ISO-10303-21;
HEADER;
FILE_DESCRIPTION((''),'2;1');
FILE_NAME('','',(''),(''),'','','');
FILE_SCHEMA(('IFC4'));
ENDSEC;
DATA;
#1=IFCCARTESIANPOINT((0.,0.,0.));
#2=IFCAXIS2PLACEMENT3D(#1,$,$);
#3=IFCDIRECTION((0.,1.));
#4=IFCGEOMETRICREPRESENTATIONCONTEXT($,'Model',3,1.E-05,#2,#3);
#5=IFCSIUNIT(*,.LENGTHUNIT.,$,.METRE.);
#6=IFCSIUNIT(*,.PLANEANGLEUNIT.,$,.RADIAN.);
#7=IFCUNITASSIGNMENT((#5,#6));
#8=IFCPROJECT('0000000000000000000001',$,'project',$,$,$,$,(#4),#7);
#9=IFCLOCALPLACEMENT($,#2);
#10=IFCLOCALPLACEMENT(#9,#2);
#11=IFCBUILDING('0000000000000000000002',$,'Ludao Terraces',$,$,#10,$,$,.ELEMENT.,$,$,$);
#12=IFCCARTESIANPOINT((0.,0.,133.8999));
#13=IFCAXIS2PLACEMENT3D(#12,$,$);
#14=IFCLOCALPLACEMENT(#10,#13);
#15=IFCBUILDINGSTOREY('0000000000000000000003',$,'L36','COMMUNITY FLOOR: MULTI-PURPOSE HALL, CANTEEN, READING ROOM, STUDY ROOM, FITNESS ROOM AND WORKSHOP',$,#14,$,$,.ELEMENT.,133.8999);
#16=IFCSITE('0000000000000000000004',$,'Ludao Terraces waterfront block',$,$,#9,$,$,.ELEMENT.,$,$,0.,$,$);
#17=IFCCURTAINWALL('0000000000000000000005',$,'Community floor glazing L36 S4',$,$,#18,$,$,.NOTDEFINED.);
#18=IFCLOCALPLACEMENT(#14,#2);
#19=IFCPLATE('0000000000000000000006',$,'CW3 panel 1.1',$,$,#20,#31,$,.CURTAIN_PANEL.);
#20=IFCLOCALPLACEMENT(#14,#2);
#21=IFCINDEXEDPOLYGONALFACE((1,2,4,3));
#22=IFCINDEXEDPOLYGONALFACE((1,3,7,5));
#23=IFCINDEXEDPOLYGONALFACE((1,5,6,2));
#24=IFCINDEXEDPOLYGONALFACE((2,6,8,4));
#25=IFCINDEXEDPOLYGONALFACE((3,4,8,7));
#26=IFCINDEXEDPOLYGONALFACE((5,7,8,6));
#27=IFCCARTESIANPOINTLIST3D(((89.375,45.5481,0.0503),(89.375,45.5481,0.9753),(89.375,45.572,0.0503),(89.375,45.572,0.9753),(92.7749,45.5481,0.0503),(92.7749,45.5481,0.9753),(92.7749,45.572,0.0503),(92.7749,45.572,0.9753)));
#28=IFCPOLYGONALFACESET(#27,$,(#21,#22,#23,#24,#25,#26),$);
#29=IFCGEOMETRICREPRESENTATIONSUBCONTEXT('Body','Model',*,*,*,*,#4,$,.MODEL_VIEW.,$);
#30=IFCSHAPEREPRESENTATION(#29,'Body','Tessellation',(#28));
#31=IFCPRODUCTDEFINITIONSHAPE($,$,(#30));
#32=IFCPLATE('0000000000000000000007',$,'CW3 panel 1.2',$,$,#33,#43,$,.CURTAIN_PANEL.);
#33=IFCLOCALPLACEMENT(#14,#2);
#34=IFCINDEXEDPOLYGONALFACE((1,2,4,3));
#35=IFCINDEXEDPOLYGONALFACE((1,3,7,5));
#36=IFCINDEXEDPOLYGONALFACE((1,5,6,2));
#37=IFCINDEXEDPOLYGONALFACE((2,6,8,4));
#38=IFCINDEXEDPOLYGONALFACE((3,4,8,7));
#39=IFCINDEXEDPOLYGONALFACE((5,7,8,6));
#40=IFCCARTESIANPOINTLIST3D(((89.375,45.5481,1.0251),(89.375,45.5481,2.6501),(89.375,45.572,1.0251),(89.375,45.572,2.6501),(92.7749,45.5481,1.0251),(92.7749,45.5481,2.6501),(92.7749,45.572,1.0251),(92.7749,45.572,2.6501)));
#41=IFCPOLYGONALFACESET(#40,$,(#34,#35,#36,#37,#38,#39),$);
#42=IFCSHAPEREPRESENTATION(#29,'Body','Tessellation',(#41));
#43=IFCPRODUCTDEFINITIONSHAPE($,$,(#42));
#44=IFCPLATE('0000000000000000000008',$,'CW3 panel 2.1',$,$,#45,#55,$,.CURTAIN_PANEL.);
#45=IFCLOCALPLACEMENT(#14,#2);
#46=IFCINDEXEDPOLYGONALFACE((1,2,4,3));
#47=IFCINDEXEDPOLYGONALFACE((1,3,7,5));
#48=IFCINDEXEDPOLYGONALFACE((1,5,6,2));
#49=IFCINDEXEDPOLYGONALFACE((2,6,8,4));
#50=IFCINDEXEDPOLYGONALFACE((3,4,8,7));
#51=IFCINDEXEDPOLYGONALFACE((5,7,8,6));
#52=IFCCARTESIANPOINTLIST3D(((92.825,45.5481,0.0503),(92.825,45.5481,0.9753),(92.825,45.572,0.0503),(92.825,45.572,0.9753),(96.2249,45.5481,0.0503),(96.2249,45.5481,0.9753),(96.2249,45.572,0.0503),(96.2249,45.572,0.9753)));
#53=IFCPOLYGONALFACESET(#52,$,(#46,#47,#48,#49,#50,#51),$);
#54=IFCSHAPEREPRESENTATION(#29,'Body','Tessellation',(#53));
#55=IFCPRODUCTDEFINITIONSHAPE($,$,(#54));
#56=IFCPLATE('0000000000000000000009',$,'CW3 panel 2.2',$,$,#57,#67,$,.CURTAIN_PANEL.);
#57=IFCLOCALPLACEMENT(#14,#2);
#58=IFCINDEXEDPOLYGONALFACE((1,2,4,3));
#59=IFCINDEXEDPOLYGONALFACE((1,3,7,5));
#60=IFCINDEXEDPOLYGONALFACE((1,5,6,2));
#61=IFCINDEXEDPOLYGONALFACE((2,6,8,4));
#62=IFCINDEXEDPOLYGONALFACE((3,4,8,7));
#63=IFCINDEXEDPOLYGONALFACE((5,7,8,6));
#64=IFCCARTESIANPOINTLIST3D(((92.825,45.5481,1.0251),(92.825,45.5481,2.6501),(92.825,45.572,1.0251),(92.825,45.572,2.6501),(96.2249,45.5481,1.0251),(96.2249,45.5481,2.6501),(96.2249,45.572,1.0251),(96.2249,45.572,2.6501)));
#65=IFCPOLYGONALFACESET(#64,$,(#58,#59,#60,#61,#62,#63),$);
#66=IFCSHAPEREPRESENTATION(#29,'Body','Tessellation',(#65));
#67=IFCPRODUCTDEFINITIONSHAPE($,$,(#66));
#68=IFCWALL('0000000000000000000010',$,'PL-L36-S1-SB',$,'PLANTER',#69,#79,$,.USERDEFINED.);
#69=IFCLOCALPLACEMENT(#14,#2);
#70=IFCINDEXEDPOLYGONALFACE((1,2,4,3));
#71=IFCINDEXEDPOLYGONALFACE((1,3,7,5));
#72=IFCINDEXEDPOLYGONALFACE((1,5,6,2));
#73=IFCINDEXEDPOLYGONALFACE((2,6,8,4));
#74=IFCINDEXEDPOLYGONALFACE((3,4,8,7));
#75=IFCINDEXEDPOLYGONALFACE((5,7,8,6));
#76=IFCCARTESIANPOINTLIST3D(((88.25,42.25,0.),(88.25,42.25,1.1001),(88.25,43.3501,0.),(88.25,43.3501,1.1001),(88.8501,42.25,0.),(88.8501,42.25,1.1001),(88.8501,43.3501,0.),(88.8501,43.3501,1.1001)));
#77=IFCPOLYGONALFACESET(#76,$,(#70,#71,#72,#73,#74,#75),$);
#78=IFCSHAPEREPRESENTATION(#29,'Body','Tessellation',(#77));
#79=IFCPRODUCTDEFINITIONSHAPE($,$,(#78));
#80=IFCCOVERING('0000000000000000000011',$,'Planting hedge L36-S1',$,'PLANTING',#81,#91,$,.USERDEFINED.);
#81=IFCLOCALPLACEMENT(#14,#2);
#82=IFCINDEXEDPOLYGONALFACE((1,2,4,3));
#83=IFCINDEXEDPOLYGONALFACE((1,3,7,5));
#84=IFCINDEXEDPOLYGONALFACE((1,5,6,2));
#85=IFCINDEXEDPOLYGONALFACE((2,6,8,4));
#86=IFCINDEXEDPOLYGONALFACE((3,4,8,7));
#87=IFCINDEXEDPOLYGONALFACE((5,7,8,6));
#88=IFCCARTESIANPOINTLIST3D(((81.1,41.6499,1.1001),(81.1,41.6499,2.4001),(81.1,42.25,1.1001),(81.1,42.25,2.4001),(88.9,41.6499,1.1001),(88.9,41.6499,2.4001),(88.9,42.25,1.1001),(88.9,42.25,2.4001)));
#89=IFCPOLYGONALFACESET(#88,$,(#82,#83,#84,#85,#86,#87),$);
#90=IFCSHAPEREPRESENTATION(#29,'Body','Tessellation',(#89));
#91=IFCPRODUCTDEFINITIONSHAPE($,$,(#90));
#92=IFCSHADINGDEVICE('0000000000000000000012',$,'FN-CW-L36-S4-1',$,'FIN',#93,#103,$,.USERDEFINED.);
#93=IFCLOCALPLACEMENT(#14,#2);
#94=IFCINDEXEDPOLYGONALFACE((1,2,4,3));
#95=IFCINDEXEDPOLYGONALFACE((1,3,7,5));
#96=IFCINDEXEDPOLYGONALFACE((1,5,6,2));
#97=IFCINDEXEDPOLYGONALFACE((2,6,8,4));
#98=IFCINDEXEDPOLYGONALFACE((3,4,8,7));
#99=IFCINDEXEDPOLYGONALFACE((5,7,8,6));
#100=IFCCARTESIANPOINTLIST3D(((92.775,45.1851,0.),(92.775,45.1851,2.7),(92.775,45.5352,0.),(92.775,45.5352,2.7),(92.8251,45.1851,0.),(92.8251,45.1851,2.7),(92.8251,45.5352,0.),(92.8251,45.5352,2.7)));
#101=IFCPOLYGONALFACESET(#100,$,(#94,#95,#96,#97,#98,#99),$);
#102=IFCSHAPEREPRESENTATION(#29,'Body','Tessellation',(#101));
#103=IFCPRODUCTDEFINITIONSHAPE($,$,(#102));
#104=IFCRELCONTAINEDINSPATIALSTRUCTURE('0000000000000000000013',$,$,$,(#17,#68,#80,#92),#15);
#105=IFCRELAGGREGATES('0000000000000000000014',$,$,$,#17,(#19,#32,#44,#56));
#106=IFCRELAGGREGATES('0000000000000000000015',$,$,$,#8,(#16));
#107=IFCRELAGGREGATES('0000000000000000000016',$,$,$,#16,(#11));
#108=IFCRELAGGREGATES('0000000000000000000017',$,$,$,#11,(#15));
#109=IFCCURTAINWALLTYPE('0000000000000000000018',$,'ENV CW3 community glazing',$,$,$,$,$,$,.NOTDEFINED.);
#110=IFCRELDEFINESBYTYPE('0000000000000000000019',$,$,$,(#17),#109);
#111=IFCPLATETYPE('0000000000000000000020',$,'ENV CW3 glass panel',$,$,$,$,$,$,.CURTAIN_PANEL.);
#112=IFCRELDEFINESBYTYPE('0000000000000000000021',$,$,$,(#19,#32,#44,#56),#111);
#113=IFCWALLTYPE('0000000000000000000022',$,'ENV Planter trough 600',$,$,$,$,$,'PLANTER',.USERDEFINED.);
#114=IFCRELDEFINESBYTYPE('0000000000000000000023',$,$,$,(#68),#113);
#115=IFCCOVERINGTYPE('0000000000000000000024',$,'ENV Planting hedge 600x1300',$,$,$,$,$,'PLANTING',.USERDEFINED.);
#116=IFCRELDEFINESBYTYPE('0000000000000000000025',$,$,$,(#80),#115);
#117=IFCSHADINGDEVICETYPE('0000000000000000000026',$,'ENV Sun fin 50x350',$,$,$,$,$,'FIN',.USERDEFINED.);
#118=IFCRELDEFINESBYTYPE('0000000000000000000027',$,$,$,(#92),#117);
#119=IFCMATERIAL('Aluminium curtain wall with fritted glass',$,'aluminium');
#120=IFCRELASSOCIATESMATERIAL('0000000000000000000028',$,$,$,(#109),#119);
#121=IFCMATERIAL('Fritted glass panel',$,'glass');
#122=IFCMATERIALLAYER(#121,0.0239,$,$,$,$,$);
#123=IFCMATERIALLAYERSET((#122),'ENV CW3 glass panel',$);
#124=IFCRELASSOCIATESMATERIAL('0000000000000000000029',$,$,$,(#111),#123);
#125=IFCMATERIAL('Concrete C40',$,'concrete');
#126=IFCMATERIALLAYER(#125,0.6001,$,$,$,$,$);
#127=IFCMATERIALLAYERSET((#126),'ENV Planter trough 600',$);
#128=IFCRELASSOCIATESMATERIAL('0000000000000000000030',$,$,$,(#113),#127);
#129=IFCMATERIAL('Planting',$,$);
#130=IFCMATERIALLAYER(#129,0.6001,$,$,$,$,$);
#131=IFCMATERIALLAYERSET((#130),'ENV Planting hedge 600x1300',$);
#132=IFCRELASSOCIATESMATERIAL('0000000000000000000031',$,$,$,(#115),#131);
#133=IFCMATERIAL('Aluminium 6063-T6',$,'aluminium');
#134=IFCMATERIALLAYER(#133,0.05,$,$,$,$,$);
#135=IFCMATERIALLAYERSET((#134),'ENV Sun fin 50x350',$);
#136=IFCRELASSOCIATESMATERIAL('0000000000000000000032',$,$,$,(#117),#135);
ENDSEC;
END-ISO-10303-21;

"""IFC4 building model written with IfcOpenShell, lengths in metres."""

from ifc_helpers import new_model, si_unit, direction, frame, frame_2d, origin, origin_2d, place, context, subcontext, project, spatial, rectangle, extrude, material, layer, layer_set, type_object, element, aggregate, save


model = new_model("IFC4")

# Units and contexts
model_context = context("Model", 3, precision=1e-05, world=origin(), true_north=direction((0.0, 1.0)))
body_context = subcontext(model_context, "Body", "Model", "MODEL_VIEW")
ifc_project = project(units=[si_unit("LENGTHUNIT", "METRE"), si_unit("PLANEANGLEUNIT", "RADIAN")], contexts=[model_context])

# Site, building, storey
site_placement = place(None, origin())
site = spatial("IfcSite", under=ifc_project, at=site_placement, Name="Ludao Terraces waterfront block", CompositionType="ELEMENT", RefElevation=0.0)
building_placement = place(site_placement, origin())
building = spatial("IfcBuilding", under=site, at=building_placement, Name="Ludao Terraces", CompositionType="ELEMENT")
storey_placement = place(building_placement, frame((0.0, 0.0, 133.8999)))
storey = spatial("IfcBuildingStorey", under=building, at=storey_placement, Name="L36", Description="COMMUNITY FLOOR: MULTI-PURPOSE HALL, CANTEEN, READING ROOM, STUDY ROOM, FITNESS ROOM AND WORKSHOP", CompositionType="ELEMENT", Elevation=133.8999)

# Curtain wall
ifc_material_1 = material(Name="Aluminium curtain wall with fritted glass", Category="aluminium")
curtain_wall_type = type_object("IfcCurtainWallType", Name="ENV CW3 community glazing", PredefinedType="NOTDEFINED", material=ifc_material_1)
curtain_wall_placement = place(storey_placement, origin())
curtain_wall = element("IfcCurtainWall", 1, at=curtain_wall_placement, inside=storey, type_object=curtain_wall_type, Name="Community floor glazing L36 S4", PredefinedType="NOTDEFINED")
ifc_material_2 = material(Name="Aluminium 6063-T6", Category="aluminium")

# Shared definitions
ifc_material_3 = material(Name="Concrete C40", Category="concrete")

# Plates
ifc_material_4 = material(Name="Fritted glass panel", Category="glass")
ifc_layer_1 = layer(ifc_material_4, 0.0239)
ifc_layer_set_1 = layer_set([ifc_layer_1], Name="ENV CW3 glass panel")
plate_type = type_object("IfcPlateType", Name="ENV CW3 glass panel", PredefinedType="CURTAIN_PANEL", material=ifc_layer_set_1)
plate_1_placement = place(storey_placement, frame((91.075, 45.5601, 0.0503), z_axis=(0.0, 0.0, 1.0), x_axis=(1.0, 0.0, 0.0)))
plate_1 = element("IfcPlate", 2, at=plate_1_placement, type_object=plate_type, Name="CW3 panel 1.1", PredefinedType="CURTAIN_PANEL", context=body_context, shape_type="SweptSolid", body=[
    extrude(rectangle(XDim=3.3999, YDim=0.0239, at=origin_2d()), origin(), (0.0, 0.0, 1.0), 0.925),
])
plate_2_placement = place(storey_placement, frame((91.075, 45.5601, 1.0251), z_axis=(0.0, 0.0, 1.0), x_axis=(1.0, 0.0, 0.0)))
plate_2 = element("IfcPlate", 3, at=plate_2_placement, type_object=plate_type, Name="CW3 panel 1.2", PredefinedType="CURTAIN_PANEL", context=body_context, shape_type="SweptSolid", body=[
    extrude(rectangle(XDim=3.3999, YDim=0.0239, at=origin_2d()), origin(), (0.0, 0.0, 1.0), 1.625),
])
plate_3_placement = place(storey_placement, frame((94.5249, 45.5601, 0.0503), z_axis=(0.0, 0.0, 1.0), x_axis=(1.0, 0.0, 0.0)))
plate_3 = element("IfcPlate", 4, at=plate_3_placement, type_object=plate_type, Name="CW3 panel 2.1", PredefinedType="CURTAIN_PANEL", context=body_context, shape_type="SweptSolid", body=[
    extrude(rectangle(XDim=3.3999, YDim=0.0239, at=origin_2d()), origin(), (0.0, 0.0, 1.0), 0.925),
])
plate_4_placement = place(storey_placement, frame((94.5249, 45.5601, 1.0251), z_axis=(0.0, 0.0, 1.0), x_axis=(1.0, 0.0, 0.0)))
plate_4 = element("IfcPlate", 5, at=plate_4_placement, type_object=plate_type, Name="CW3 panel 2.2", PredefinedType="CURTAIN_PANEL", context=body_context, shape_type="SweptSolid", body=[
    extrude(rectangle(XDim=3.3999, YDim=0.0239, at=origin_2d()), origin(), (0.0, 0.0, 1.0), 1.625),
])
aggregate(curtain_wall, [plate_1, plate_2, plate_3, plate_4])

# Wall
ifc_layer_2 = layer(ifc_material_3, 0.6001)
ifc_layer_set_2 = layer_set([ifc_layer_2], Name="ENV Planter trough 600")
wall_type = type_object("IfcWallType", Name="ENV Planter trough 600", ElementType="PLANTER", PredefinedType="USERDEFINED", material=ifc_layer_set_2)
wall_placement = place(storey_placement, frame((88.55, 42.25, 0.0), z_axis=(0.0, 0.0, 1.0), x_axis=(0.0, 1.0, 0.0)))
element("IfcWall", 6, at=wall_placement, inside=storey, type_object=wall_type, Name="PL-L36-S1-SB", ObjectType="PLANTER", PredefinedType="USERDEFINED", context=body_context, shape_type="SweptSolid", body=[
    extrude(rectangle(XDim=1.1001, YDim=0.6001, at=frame_2d((0.55, 0.0))), origin(), (0.0, 0.0, 1.0), 1.1001),
])

# Covering
ifc_material_5 = material(Name="Planting")
ifc_layer_3 = layer(ifc_material_5, 0.6001)
ifc_layer_set_3 = layer_set([ifc_layer_3], Name="ENV Planting hedge 600x1300")
covering_type = type_object("IfcCoveringType", Name="ENV Planting hedge 600x1300", ElementType="PLANTING", PredefinedType="USERDEFINED", material=ifc_layer_set_3)
covering_placement = place(storey_placement, frame((85.0, 41.95, 1.1001), z_axis=(0.0, 0.0, 1.0), x_axis=(1.0, 0.0, 0.0)))
element("IfcCovering", 7, at=covering_placement, inside=storey, type_object=covering_type, Name="Planting hedge L36-S1", ObjectType="PLANTING", PredefinedType="USERDEFINED", context=body_context, shape_type="SweptSolid", body=[
    extrude(rectangle(XDim=7.8, YDim=0.6001, at=origin_2d()), origin(), (0.0, 0.0, 1.0), 1.3),
])

# Shading device
ifc_layer_4 = layer(ifc_material_2, 0.05)
ifc_layer_set_4 = layer_set([ifc_layer_4], Name="ENV Sun fin 50x350")
shading_device_type = type_object("IfcShadingDeviceType", Name="ENV Sun fin 50x350", ElementType="FIN", PredefinedType="USERDEFINED", material=ifc_layer_set_4)
shading_device_placement = place(storey_placement, frame((92.8, 45.3601, 0.0), z_axis=(0.0, 0.0, 1.0), x_axis=(1.0, 0.0, 0.0)))
element("IfcShadingDevice", 8, at=shading_device_placement, inside=storey, type_object=shading_device_type, Name="FN-CW-L36-S4-1", ObjectType="FIN", PredefinedType="USERDEFINED", context=body_context, shape_type="SweptSolid", body=[
    extrude(rectangle(XDim=0.05, YDim=0.3501, at=origin_2d()), origin(), (0.0, 0.0, 1.0), 2.7),
])

save(model, "model.ifc")
